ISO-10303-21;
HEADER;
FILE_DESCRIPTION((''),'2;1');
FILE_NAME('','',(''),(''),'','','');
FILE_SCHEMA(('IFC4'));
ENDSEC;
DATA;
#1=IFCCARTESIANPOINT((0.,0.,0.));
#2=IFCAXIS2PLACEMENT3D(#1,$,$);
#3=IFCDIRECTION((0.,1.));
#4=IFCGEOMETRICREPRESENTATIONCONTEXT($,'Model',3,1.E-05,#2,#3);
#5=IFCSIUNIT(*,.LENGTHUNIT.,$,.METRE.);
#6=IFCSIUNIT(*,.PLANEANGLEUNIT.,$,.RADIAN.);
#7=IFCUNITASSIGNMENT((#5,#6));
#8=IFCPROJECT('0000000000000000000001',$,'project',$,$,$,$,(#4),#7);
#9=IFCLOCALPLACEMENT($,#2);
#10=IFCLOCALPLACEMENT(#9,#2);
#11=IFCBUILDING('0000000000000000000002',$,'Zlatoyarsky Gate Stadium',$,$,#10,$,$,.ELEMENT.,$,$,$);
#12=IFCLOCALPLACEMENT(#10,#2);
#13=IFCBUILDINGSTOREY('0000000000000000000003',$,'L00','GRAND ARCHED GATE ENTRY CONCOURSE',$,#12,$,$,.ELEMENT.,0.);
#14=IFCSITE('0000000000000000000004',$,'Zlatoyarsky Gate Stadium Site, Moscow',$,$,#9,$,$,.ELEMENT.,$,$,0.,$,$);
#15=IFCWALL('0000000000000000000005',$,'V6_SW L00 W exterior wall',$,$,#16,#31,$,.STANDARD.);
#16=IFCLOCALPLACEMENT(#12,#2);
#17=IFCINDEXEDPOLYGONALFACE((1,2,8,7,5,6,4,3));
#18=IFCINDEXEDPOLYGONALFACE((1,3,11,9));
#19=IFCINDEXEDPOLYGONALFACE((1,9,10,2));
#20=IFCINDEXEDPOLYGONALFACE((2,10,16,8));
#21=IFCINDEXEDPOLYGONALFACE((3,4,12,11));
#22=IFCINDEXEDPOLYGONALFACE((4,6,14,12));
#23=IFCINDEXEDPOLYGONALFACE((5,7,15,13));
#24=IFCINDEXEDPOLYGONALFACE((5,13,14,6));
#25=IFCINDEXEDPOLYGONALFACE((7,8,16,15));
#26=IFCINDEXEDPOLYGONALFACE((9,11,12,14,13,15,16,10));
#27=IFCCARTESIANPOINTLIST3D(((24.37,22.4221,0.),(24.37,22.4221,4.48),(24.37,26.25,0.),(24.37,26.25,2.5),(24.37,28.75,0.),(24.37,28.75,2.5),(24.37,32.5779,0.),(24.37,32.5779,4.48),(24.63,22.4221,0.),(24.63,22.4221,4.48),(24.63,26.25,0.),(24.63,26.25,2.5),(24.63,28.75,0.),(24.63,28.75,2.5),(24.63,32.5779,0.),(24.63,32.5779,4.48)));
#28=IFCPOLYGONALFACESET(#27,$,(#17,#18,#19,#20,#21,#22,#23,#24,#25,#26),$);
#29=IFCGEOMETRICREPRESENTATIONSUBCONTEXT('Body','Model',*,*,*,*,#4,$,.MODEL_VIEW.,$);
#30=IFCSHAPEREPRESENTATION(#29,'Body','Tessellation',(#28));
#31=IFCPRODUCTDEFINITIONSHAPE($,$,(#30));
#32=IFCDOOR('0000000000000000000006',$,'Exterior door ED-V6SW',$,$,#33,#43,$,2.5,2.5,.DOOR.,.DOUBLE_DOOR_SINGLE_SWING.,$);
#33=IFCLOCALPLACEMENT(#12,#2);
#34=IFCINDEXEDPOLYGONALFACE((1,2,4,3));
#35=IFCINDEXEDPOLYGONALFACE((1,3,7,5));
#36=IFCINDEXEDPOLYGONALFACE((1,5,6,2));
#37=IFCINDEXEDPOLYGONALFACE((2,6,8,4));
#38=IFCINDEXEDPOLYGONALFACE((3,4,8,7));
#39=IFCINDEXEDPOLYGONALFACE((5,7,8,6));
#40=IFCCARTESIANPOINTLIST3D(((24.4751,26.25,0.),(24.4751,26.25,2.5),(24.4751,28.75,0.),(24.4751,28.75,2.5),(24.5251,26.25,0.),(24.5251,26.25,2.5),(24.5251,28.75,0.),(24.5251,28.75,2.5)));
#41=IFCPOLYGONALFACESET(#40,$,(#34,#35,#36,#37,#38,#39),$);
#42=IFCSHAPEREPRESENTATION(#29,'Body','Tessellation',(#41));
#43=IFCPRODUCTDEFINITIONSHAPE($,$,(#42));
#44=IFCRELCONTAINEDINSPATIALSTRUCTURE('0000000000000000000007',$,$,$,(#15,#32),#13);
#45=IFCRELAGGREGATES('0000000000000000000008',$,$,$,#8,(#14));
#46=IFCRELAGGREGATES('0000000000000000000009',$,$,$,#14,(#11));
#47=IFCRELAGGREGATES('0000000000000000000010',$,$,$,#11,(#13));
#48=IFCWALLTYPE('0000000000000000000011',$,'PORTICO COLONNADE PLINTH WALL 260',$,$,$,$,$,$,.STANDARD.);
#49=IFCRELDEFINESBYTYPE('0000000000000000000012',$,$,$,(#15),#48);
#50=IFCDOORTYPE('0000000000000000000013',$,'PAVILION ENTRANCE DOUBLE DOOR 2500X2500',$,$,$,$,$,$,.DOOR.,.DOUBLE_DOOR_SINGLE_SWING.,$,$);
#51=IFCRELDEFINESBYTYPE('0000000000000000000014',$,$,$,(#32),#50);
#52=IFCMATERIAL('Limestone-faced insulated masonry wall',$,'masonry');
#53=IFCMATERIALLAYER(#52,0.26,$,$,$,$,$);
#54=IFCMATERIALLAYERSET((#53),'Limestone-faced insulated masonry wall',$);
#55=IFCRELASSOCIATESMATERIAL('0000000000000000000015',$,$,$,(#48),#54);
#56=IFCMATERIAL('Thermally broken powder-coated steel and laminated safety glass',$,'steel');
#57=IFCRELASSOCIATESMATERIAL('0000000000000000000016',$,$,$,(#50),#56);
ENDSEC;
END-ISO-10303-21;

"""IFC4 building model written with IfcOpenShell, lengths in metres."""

from ifc_helpers import new_model, si_unit, direction, frame, frame_2d, origin, place, context, subcontext, project, spatial, rectangle, extrude, material, layer, layer_set, type_object, element, fill, save


model = new_model("IFC4")

# Units and contexts
model_context = context("Model", 3, precision=1e-05, world=origin(), true_north=direction((0.0, 1.0)))
body_context = subcontext(model_context, "Body", "Model", "MODEL_VIEW")
ifc_project = project(units=[si_unit("LENGTHUNIT", "METRE"), si_unit("PLANEANGLEUNIT", "RADIAN")], contexts=[model_context])

# Site, building, storey
site_placement = place(None, origin())
site = spatial("IfcSite", under=ifc_project, at=site_placement, Name="Zlatoyarsky Gate Stadium Site, Moscow", CompositionType="ELEMENT", RefElevation=0.0)
building_placement = place(site_placement, origin())
building = spatial("IfcBuilding", under=site, at=building_placement, Name="Zlatoyarsky Gate Stadium", CompositionType="ELEMENT")
storey_placement = place(building_placement, origin())
storey = spatial("IfcBuildingStorey", under=building, at=storey_placement, Name="L00", Description="GRAND ARCHED GATE ENTRY CONCOURSE", CompositionType="ELEMENT", Elevation=0.0)

# Wall, opening, door
ifc_material_1 = material(Name="Limestone-faced insulated masonry wall", Category="masonry")
ifc_layer_1 = layer(ifc_material_1, 0.26)
ifc_layer_set_1 = layer_set([ifc_layer_1], Name="Limestone-faced insulated masonry wall")
wall_type_1 = type_object("IfcWallType", Name="PORTICO COLONNADE PLINTH WALL 260", PredefinedType="STANDARD", material=ifc_layer_set_1)
wall_1_placement = place(storey_placement, frame((24.5, 22.4221, 0.0), z_axis=(0.0, 0.0, 1.0), x_axis=(0.0, 1.0, 0.0)))
wall_1 = element("IfcWall", 1, at=wall_1_placement, inside=storey, type_object=wall_type_1, Name="V6_SW L00 W exterior wall", PredefinedType="STANDARD", context=body_context, shape_type="SweptSolid", body=[
    extrude(rectangle(XDim=10.1558, YDim=0.26, at=frame_2d((5.0779, 0.0))), origin(), (0.0, 0.0, 1.0), 4.48),
])
opening_1_placement = place(wall_1_placement, frame((3.8279, 0.0, 0.0)))
opening_1 = element("IfcOpeningElement", 2, at=opening_1_placement, cuts=wall_1, PredefinedType="OPENING", context=body_context, shape_type="SweptSolid", body=[
    extrude(rectangle(XDim=2.5, YDim=2.5, at=frame_2d((1.25, 1.25))), frame((0.0, 0.1399, 0.0), z_axis=(0.0, -1.0, 0.0), x_axis=(1.0, 0.0, 0.0)), (0.0, 0.0, 1.0), 0.28),
])
ifc_material_2 = material(Name="Thermally broken powder-coated steel and laminated safety glass", Category="steel")
door_type_1 = type_object("IfcDoorType", Name="PAVILION ENTRANCE DOUBLE DOOR 2500X2500", OperationType="DOUBLE_DOOR_SINGLE_SWING", PredefinedType="DOOR", material=ifc_material_2)
door_1_placement = place(opening_1_placement, origin())
door_1 = element("IfcDoor", 3, at=door_1_placement, inside=storey, type_object=door_type_1, Name="Exterior door ED-V6SW", OperationType="DOUBLE_DOOR_SINGLE_SWING", OverallHeight=2.5, OverallWidth=2.5, PredefinedType="DOOR", context=body_context, shape_type="SweptSolid", body=[
    extrude(rectangle(XDim=2.5, YDim=2.5, at=frame_2d((1.25, 1.25))), frame((0.0, 0.0249, 0.0), z_axis=(0.0, -1.0, 0.0), x_axis=(1.0, 0.0, 0.0)), (0.0, 0.0, 1.0), 0.05),
])
fill(opening_1, door_1)

save(model, "model.ifc")
